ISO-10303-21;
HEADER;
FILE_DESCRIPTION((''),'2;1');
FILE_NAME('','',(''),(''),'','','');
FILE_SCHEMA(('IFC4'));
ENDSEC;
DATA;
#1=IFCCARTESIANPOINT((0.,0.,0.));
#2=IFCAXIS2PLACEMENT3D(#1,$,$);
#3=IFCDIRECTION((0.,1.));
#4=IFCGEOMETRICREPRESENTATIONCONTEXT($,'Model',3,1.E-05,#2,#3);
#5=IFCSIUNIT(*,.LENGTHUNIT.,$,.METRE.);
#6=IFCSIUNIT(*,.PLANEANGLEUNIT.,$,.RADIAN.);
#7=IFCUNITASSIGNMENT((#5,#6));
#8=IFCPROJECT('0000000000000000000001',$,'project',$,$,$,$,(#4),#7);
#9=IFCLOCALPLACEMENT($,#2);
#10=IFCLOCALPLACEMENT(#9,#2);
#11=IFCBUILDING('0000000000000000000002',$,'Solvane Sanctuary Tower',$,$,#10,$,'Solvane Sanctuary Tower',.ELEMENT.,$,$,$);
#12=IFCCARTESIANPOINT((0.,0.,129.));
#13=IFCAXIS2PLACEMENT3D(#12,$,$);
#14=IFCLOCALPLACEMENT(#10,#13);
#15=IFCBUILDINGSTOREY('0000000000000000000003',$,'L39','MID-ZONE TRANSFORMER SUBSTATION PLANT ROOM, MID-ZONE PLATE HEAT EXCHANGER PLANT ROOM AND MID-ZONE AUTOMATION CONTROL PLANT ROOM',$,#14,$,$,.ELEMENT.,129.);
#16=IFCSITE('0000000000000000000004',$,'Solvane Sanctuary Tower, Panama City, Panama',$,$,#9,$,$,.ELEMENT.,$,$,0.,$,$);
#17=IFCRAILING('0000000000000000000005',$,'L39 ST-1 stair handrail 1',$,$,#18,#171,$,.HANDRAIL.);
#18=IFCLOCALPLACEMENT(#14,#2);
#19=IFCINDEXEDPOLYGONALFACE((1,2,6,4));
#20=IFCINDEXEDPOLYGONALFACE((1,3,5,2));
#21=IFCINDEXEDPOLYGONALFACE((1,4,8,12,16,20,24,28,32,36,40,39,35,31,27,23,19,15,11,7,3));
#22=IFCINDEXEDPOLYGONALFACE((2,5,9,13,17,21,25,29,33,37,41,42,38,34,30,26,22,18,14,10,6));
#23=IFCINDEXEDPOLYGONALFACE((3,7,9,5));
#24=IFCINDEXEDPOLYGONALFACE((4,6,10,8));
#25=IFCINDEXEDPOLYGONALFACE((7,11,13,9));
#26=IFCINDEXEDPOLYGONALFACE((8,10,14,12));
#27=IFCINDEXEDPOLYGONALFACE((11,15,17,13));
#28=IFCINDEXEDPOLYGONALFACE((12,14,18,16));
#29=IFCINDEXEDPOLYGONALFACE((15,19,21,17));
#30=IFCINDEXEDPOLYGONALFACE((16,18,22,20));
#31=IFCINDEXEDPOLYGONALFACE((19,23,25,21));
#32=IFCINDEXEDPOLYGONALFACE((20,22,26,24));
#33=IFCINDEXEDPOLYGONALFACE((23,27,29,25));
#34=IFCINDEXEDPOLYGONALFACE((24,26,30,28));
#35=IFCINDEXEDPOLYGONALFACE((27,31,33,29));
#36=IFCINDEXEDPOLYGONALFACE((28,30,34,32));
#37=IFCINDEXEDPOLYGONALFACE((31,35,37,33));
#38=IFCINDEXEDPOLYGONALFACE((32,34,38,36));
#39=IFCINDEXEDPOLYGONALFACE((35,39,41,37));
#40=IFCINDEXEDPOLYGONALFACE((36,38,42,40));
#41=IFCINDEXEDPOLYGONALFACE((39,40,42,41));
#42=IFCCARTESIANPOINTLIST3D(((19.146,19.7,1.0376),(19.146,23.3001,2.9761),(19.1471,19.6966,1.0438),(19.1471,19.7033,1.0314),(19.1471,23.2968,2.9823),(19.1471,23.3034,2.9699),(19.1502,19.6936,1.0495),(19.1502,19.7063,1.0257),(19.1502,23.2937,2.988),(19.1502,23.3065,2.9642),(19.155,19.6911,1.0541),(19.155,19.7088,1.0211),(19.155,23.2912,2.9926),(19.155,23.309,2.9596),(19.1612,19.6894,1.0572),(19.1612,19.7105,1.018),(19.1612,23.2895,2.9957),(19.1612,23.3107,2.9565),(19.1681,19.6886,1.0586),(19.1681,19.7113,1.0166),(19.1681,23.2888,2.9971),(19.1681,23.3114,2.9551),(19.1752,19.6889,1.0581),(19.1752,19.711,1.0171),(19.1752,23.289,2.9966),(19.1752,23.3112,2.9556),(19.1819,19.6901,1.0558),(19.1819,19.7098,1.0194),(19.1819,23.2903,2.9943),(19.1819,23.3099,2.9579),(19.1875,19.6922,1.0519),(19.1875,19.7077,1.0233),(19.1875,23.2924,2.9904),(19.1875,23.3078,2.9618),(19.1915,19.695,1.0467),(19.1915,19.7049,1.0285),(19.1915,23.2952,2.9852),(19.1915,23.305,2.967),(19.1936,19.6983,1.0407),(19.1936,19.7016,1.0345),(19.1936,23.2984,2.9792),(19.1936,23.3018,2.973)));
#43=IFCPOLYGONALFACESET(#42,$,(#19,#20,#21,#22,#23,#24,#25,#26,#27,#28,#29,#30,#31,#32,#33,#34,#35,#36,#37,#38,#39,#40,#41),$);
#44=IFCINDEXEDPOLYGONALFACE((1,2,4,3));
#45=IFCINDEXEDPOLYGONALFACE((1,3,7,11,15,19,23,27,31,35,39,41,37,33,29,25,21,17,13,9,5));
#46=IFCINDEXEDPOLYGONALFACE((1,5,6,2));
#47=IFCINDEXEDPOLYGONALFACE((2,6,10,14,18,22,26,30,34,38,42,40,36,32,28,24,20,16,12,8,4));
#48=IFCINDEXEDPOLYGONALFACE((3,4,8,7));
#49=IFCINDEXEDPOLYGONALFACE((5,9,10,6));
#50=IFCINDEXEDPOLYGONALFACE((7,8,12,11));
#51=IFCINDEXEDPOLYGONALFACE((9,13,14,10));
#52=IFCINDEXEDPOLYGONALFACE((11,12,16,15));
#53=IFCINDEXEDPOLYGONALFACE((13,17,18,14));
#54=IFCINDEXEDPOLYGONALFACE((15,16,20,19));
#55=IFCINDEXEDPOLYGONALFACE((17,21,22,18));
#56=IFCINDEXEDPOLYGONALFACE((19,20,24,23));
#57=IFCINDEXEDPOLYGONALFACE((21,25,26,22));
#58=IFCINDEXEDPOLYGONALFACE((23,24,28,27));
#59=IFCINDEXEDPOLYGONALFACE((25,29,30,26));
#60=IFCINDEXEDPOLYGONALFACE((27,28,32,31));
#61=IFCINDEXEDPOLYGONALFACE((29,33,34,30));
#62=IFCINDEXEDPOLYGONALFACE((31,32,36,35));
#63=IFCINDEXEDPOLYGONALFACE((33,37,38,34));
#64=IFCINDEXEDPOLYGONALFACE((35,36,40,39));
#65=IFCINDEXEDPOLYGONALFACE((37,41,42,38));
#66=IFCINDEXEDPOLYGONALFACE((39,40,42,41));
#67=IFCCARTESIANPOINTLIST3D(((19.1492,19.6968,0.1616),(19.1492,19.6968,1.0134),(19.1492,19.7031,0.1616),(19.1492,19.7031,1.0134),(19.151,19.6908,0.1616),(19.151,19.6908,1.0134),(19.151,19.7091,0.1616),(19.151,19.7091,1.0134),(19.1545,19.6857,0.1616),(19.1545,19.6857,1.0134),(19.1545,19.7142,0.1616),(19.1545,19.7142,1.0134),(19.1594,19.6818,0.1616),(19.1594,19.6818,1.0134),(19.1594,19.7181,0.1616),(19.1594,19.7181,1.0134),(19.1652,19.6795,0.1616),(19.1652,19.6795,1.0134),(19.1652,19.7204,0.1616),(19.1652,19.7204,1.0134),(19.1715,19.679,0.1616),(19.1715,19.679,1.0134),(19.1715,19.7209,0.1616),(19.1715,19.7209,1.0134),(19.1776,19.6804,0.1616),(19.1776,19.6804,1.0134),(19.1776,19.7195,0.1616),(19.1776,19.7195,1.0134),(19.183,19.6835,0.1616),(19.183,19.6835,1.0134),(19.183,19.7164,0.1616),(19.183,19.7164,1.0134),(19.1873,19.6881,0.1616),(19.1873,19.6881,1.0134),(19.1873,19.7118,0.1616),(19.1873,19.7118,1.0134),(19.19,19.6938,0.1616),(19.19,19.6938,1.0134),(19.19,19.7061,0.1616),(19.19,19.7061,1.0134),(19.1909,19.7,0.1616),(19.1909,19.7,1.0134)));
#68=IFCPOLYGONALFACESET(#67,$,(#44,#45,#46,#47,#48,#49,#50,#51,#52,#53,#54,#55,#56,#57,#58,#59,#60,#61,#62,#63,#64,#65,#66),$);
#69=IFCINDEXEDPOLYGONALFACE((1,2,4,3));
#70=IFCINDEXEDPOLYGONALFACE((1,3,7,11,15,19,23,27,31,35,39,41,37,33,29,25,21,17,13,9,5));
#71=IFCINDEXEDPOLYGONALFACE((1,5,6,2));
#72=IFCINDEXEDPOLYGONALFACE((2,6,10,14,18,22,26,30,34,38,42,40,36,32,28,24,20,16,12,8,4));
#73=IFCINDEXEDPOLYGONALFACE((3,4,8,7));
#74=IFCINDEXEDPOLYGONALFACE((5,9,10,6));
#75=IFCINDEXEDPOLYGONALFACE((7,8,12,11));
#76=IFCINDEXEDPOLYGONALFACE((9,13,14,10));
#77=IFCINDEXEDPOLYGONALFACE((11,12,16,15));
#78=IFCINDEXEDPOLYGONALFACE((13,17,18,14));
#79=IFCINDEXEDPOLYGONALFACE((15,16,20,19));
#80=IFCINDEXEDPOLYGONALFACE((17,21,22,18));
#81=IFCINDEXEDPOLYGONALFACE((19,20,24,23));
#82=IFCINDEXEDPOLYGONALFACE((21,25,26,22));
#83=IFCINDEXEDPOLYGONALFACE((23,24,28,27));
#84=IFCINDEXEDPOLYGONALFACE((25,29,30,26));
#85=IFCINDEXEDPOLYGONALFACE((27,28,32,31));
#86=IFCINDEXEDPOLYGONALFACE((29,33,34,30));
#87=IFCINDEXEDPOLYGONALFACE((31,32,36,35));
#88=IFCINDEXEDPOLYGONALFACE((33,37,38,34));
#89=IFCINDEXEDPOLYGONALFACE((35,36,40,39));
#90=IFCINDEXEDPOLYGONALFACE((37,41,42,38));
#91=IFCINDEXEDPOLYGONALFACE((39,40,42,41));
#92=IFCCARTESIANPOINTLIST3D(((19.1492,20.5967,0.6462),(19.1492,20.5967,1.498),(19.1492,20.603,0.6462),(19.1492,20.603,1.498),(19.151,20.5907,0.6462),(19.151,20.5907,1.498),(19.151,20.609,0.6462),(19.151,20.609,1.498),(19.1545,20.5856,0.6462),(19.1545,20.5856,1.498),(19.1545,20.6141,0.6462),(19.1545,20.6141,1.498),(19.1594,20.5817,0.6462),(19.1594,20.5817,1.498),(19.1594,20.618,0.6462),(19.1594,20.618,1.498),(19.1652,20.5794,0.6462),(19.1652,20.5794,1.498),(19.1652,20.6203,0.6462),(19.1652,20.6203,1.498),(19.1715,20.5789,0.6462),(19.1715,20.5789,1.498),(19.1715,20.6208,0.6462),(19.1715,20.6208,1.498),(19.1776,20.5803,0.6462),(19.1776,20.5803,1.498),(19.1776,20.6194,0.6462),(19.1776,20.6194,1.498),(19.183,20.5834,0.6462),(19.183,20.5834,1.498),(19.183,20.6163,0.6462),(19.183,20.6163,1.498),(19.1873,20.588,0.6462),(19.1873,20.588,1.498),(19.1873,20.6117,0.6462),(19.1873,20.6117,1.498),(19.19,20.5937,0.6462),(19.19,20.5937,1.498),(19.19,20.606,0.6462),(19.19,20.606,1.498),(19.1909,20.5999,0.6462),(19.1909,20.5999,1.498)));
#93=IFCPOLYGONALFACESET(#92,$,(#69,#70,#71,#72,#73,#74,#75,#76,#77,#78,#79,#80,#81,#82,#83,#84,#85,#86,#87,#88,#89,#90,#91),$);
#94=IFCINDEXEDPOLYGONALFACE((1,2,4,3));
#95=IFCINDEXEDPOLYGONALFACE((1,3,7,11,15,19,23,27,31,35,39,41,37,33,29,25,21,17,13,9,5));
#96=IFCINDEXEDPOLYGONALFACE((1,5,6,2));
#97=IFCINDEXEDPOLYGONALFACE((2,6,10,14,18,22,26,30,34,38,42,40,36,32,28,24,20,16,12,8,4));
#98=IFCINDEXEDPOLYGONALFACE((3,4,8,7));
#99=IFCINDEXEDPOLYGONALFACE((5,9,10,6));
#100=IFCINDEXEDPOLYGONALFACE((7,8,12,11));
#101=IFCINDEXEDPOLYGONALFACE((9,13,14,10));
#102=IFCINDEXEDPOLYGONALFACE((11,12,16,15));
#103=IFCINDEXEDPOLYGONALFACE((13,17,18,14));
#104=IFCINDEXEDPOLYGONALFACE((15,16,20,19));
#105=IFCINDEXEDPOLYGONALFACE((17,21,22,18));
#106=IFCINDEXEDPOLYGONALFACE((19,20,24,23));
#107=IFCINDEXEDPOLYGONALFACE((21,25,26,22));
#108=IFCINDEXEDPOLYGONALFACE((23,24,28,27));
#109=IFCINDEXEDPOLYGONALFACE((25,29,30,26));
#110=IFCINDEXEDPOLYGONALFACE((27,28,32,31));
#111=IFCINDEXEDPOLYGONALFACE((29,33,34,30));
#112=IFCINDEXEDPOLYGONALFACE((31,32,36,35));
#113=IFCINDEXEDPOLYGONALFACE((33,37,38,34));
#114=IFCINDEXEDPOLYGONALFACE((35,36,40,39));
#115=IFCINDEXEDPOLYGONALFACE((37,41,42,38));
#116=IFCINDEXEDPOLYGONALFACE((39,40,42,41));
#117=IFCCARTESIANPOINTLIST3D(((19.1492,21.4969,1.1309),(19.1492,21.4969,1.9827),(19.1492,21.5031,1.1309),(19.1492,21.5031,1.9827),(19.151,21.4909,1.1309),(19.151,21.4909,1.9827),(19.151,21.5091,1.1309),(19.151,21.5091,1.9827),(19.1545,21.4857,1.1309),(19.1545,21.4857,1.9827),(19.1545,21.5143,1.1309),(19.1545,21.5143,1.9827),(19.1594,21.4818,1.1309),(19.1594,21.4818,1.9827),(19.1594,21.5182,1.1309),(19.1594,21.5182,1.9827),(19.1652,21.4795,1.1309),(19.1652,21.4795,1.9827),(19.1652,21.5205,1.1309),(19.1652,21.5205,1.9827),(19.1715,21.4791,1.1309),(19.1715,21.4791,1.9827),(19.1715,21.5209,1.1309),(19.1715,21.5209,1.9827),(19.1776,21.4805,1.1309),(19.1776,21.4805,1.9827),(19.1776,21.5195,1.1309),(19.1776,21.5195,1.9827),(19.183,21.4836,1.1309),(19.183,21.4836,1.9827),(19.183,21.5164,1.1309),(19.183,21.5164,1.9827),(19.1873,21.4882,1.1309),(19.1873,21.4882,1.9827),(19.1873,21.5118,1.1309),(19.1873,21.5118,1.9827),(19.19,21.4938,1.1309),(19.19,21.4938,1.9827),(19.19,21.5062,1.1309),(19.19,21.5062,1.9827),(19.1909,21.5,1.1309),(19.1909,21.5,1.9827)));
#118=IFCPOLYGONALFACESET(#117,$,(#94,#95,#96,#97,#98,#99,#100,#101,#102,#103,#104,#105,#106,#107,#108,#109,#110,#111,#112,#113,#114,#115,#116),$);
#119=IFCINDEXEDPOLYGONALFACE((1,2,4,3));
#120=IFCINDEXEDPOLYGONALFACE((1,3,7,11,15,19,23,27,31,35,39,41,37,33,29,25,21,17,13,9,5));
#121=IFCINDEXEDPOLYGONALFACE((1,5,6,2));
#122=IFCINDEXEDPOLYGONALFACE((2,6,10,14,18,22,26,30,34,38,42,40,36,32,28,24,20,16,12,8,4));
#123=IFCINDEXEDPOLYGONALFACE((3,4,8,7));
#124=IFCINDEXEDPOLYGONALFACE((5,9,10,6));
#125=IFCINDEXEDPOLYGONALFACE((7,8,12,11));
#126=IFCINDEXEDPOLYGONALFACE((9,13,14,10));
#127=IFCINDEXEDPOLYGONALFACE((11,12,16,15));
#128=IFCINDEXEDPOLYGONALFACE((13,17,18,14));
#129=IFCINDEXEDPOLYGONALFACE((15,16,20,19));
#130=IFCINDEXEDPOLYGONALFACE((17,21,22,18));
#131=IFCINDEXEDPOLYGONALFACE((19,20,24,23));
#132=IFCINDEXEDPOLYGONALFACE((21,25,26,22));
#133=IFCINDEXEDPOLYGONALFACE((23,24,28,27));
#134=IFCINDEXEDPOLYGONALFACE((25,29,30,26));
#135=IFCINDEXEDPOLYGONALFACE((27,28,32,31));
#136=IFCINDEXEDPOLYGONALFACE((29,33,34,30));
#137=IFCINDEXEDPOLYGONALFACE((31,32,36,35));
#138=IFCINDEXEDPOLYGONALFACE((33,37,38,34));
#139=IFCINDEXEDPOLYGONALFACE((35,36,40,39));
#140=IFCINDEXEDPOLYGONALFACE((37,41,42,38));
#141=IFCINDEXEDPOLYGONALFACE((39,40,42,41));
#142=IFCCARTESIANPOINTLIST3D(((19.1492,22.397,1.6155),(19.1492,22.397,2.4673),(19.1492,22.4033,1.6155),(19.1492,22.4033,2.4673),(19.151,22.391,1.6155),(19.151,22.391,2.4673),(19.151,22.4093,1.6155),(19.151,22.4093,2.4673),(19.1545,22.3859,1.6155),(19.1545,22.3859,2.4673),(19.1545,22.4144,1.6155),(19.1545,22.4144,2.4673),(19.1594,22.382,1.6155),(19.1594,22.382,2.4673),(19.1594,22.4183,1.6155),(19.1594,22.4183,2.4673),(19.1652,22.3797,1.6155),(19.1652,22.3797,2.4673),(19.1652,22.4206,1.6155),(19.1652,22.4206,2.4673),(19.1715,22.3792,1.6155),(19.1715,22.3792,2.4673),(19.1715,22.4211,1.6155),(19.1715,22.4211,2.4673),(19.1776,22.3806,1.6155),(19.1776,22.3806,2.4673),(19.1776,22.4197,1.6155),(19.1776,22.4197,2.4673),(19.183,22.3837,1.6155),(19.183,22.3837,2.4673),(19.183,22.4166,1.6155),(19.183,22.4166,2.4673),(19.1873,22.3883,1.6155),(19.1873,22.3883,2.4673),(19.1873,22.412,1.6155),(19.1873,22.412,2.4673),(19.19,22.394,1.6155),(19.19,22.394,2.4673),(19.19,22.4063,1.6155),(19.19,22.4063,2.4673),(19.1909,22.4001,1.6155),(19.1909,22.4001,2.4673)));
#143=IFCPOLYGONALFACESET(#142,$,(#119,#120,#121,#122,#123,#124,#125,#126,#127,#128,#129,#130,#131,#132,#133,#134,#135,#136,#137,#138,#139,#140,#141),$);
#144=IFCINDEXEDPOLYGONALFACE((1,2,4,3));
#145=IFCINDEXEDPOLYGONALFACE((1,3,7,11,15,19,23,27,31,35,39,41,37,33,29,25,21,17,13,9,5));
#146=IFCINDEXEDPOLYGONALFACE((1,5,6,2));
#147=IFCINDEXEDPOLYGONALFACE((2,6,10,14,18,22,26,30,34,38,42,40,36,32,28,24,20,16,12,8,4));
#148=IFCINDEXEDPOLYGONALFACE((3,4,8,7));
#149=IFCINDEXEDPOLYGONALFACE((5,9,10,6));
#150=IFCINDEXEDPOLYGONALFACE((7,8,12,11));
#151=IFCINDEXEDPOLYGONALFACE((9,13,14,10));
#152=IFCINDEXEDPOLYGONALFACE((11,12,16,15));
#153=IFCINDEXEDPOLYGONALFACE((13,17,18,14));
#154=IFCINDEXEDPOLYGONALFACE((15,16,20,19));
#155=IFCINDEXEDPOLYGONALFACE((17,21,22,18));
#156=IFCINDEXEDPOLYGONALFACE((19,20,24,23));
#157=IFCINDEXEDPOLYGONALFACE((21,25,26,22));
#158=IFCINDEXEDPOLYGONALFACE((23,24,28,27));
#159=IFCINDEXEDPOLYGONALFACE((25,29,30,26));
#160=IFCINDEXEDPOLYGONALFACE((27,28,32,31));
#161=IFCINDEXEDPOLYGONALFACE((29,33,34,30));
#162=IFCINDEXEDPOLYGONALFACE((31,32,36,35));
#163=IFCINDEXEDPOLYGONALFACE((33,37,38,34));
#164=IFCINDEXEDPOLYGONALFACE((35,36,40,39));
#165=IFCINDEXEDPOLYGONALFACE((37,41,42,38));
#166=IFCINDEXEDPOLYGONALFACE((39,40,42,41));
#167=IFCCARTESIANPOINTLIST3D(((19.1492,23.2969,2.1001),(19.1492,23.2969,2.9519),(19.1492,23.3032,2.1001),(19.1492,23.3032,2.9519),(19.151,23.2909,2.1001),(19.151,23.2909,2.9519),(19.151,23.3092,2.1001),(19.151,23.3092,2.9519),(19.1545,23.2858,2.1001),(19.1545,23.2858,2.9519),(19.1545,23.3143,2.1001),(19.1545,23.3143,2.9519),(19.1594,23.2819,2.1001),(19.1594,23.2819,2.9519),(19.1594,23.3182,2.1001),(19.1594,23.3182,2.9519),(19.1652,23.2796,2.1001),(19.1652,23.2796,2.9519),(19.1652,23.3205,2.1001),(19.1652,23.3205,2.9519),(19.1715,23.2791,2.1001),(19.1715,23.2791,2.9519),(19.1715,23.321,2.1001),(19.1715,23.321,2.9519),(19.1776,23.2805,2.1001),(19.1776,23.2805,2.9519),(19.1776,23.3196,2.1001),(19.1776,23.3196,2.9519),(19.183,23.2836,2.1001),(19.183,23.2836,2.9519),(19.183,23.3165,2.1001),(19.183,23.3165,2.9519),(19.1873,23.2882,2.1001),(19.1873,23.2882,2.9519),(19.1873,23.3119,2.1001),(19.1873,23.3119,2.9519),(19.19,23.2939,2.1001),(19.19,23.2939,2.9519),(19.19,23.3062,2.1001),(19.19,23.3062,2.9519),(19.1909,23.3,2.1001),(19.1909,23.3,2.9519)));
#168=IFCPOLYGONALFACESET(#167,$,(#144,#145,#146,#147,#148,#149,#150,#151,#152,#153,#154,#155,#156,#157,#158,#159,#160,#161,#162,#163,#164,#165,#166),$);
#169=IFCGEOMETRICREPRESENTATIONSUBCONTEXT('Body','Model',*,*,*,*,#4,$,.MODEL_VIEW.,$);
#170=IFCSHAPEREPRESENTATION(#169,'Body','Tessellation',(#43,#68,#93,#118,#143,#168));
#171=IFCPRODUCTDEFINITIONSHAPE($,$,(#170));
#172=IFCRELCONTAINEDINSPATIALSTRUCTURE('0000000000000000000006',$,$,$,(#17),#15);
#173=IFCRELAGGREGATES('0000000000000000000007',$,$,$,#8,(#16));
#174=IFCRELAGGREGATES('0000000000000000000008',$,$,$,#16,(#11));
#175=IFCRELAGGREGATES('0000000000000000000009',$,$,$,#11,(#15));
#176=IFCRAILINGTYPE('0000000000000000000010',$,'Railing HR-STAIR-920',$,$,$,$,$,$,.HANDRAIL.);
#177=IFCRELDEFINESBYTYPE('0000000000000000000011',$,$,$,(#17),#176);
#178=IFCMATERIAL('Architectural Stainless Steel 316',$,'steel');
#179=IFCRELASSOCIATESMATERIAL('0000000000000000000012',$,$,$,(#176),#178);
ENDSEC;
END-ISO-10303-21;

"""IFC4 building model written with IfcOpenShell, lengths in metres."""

from ifc_helpers import new_model, si_unit, direction, frame, origin, origin_2d, place, context, subcontext, project, spatial, circle, extrude, material, type_object, element, save


model = new_model("IFC4")

# Units and contexts
model_context = context("Model", 3, precision=1e-05, world=origin(), true_north=direction((0.0, 1.0)))
body_context = subcontext(model_context, "Body", "Model", "MODEL_VIEW")
ifc_project = project(units=[si_unit("LENGTHUNIT", "METRE"), si_unit("PLANEANGLEUNIT", "RADIAN")], contexts=[model_context])

# Site, building, storey
site_placement = place(None, origin())
site = spatial("IfcSite", under=ifc_project, at=site_placement, Name="Solvane Sanctuary Tower, Panama City, Panama", CompositionType="ELEMENT", RefElevation=0.0)
building_placement = place(site_placement, origin())
building = spatial("IfcBuilding", under=site, at=building_placement, Name="Solvane Sanctuary Tower", LongName="Solvane Sanctuary Tower", CompositionType="ELEMENT")
storey_placement = place(building_placement, frame((0.0, 0.0, 129.0)))
storey = spatial("IfcBuildingStorey", under=building, at=storey_placement, Name="L39", Description="MID-ZONE TRANSFORMER SUBSTATION PLANT ROOM, MID-ZONE PLATE HEAT EXCHANGER PLANT ROOM AND MID-ZONE AUTOMATION CONTROL PLANT ROOM", CompositionType="ELEMENT", Elevation=129.0)

# Shared definitions
ifc_material_1 = material(Name="Architectural Stainless Steel 316", Category="steel")

# Railing
railing_type_1 = type_object("IfcRailingType", Name="Railing HR-STAIR-920", PredefinedType="HANDRAIL", material=ifc_material_1)
for number, where, name in (
    (1, (19.1699, 19.7, 0.1616), "L39 ST-1 stair handrail 1"),
):
    element("IfcRailing", number, at=place(storey_placement, frame(where)), inside=storey, type_object=railing_type_1, Name=name, PredefinedType="HANDRAIL", context=body_context, shape_type="SweptSolid", body=[
        extrude(circle(Radius=0.0239, at=origin_2d()), frame((0.0, 0.0, 0.876), z_axis=(0.0, 0.880475, 0.474093), x_axis=(-1.0, 0.0, 0.0)), (0.0, 0.0, 1.0), 4.0889),
        extrude(circle(Radius=0.021, at=origin_2d()), origin(), (0.0, 0.0, 1.0), 0.8518),
        extrude(circle(Radius=0.021, at=origin_2d()), frame((0.0, 0.8999, 0.4846)), (0.0, 0.0, 1.0), 0.8518),
        extrude(circle(Radius=0.021, at=origin_2d()), frame((0.0, 1.8, 0.9692)), (0.0, 0.0, 1.0), 0.8518),
        extrude(circle(Radius=0.021, at=origin_2d()), frame((0.0, 2.7002, 1.4539)), (0.0, 0.0, 1.0), 0.8518),
        extrude(circle(Radius=0.021, at=origin_2d()), frame((0.0, 3.6001, 1.9385)), (0.0, 0.0, 1.0), 0.8518),
    ])

save(model, "model.ifc")
